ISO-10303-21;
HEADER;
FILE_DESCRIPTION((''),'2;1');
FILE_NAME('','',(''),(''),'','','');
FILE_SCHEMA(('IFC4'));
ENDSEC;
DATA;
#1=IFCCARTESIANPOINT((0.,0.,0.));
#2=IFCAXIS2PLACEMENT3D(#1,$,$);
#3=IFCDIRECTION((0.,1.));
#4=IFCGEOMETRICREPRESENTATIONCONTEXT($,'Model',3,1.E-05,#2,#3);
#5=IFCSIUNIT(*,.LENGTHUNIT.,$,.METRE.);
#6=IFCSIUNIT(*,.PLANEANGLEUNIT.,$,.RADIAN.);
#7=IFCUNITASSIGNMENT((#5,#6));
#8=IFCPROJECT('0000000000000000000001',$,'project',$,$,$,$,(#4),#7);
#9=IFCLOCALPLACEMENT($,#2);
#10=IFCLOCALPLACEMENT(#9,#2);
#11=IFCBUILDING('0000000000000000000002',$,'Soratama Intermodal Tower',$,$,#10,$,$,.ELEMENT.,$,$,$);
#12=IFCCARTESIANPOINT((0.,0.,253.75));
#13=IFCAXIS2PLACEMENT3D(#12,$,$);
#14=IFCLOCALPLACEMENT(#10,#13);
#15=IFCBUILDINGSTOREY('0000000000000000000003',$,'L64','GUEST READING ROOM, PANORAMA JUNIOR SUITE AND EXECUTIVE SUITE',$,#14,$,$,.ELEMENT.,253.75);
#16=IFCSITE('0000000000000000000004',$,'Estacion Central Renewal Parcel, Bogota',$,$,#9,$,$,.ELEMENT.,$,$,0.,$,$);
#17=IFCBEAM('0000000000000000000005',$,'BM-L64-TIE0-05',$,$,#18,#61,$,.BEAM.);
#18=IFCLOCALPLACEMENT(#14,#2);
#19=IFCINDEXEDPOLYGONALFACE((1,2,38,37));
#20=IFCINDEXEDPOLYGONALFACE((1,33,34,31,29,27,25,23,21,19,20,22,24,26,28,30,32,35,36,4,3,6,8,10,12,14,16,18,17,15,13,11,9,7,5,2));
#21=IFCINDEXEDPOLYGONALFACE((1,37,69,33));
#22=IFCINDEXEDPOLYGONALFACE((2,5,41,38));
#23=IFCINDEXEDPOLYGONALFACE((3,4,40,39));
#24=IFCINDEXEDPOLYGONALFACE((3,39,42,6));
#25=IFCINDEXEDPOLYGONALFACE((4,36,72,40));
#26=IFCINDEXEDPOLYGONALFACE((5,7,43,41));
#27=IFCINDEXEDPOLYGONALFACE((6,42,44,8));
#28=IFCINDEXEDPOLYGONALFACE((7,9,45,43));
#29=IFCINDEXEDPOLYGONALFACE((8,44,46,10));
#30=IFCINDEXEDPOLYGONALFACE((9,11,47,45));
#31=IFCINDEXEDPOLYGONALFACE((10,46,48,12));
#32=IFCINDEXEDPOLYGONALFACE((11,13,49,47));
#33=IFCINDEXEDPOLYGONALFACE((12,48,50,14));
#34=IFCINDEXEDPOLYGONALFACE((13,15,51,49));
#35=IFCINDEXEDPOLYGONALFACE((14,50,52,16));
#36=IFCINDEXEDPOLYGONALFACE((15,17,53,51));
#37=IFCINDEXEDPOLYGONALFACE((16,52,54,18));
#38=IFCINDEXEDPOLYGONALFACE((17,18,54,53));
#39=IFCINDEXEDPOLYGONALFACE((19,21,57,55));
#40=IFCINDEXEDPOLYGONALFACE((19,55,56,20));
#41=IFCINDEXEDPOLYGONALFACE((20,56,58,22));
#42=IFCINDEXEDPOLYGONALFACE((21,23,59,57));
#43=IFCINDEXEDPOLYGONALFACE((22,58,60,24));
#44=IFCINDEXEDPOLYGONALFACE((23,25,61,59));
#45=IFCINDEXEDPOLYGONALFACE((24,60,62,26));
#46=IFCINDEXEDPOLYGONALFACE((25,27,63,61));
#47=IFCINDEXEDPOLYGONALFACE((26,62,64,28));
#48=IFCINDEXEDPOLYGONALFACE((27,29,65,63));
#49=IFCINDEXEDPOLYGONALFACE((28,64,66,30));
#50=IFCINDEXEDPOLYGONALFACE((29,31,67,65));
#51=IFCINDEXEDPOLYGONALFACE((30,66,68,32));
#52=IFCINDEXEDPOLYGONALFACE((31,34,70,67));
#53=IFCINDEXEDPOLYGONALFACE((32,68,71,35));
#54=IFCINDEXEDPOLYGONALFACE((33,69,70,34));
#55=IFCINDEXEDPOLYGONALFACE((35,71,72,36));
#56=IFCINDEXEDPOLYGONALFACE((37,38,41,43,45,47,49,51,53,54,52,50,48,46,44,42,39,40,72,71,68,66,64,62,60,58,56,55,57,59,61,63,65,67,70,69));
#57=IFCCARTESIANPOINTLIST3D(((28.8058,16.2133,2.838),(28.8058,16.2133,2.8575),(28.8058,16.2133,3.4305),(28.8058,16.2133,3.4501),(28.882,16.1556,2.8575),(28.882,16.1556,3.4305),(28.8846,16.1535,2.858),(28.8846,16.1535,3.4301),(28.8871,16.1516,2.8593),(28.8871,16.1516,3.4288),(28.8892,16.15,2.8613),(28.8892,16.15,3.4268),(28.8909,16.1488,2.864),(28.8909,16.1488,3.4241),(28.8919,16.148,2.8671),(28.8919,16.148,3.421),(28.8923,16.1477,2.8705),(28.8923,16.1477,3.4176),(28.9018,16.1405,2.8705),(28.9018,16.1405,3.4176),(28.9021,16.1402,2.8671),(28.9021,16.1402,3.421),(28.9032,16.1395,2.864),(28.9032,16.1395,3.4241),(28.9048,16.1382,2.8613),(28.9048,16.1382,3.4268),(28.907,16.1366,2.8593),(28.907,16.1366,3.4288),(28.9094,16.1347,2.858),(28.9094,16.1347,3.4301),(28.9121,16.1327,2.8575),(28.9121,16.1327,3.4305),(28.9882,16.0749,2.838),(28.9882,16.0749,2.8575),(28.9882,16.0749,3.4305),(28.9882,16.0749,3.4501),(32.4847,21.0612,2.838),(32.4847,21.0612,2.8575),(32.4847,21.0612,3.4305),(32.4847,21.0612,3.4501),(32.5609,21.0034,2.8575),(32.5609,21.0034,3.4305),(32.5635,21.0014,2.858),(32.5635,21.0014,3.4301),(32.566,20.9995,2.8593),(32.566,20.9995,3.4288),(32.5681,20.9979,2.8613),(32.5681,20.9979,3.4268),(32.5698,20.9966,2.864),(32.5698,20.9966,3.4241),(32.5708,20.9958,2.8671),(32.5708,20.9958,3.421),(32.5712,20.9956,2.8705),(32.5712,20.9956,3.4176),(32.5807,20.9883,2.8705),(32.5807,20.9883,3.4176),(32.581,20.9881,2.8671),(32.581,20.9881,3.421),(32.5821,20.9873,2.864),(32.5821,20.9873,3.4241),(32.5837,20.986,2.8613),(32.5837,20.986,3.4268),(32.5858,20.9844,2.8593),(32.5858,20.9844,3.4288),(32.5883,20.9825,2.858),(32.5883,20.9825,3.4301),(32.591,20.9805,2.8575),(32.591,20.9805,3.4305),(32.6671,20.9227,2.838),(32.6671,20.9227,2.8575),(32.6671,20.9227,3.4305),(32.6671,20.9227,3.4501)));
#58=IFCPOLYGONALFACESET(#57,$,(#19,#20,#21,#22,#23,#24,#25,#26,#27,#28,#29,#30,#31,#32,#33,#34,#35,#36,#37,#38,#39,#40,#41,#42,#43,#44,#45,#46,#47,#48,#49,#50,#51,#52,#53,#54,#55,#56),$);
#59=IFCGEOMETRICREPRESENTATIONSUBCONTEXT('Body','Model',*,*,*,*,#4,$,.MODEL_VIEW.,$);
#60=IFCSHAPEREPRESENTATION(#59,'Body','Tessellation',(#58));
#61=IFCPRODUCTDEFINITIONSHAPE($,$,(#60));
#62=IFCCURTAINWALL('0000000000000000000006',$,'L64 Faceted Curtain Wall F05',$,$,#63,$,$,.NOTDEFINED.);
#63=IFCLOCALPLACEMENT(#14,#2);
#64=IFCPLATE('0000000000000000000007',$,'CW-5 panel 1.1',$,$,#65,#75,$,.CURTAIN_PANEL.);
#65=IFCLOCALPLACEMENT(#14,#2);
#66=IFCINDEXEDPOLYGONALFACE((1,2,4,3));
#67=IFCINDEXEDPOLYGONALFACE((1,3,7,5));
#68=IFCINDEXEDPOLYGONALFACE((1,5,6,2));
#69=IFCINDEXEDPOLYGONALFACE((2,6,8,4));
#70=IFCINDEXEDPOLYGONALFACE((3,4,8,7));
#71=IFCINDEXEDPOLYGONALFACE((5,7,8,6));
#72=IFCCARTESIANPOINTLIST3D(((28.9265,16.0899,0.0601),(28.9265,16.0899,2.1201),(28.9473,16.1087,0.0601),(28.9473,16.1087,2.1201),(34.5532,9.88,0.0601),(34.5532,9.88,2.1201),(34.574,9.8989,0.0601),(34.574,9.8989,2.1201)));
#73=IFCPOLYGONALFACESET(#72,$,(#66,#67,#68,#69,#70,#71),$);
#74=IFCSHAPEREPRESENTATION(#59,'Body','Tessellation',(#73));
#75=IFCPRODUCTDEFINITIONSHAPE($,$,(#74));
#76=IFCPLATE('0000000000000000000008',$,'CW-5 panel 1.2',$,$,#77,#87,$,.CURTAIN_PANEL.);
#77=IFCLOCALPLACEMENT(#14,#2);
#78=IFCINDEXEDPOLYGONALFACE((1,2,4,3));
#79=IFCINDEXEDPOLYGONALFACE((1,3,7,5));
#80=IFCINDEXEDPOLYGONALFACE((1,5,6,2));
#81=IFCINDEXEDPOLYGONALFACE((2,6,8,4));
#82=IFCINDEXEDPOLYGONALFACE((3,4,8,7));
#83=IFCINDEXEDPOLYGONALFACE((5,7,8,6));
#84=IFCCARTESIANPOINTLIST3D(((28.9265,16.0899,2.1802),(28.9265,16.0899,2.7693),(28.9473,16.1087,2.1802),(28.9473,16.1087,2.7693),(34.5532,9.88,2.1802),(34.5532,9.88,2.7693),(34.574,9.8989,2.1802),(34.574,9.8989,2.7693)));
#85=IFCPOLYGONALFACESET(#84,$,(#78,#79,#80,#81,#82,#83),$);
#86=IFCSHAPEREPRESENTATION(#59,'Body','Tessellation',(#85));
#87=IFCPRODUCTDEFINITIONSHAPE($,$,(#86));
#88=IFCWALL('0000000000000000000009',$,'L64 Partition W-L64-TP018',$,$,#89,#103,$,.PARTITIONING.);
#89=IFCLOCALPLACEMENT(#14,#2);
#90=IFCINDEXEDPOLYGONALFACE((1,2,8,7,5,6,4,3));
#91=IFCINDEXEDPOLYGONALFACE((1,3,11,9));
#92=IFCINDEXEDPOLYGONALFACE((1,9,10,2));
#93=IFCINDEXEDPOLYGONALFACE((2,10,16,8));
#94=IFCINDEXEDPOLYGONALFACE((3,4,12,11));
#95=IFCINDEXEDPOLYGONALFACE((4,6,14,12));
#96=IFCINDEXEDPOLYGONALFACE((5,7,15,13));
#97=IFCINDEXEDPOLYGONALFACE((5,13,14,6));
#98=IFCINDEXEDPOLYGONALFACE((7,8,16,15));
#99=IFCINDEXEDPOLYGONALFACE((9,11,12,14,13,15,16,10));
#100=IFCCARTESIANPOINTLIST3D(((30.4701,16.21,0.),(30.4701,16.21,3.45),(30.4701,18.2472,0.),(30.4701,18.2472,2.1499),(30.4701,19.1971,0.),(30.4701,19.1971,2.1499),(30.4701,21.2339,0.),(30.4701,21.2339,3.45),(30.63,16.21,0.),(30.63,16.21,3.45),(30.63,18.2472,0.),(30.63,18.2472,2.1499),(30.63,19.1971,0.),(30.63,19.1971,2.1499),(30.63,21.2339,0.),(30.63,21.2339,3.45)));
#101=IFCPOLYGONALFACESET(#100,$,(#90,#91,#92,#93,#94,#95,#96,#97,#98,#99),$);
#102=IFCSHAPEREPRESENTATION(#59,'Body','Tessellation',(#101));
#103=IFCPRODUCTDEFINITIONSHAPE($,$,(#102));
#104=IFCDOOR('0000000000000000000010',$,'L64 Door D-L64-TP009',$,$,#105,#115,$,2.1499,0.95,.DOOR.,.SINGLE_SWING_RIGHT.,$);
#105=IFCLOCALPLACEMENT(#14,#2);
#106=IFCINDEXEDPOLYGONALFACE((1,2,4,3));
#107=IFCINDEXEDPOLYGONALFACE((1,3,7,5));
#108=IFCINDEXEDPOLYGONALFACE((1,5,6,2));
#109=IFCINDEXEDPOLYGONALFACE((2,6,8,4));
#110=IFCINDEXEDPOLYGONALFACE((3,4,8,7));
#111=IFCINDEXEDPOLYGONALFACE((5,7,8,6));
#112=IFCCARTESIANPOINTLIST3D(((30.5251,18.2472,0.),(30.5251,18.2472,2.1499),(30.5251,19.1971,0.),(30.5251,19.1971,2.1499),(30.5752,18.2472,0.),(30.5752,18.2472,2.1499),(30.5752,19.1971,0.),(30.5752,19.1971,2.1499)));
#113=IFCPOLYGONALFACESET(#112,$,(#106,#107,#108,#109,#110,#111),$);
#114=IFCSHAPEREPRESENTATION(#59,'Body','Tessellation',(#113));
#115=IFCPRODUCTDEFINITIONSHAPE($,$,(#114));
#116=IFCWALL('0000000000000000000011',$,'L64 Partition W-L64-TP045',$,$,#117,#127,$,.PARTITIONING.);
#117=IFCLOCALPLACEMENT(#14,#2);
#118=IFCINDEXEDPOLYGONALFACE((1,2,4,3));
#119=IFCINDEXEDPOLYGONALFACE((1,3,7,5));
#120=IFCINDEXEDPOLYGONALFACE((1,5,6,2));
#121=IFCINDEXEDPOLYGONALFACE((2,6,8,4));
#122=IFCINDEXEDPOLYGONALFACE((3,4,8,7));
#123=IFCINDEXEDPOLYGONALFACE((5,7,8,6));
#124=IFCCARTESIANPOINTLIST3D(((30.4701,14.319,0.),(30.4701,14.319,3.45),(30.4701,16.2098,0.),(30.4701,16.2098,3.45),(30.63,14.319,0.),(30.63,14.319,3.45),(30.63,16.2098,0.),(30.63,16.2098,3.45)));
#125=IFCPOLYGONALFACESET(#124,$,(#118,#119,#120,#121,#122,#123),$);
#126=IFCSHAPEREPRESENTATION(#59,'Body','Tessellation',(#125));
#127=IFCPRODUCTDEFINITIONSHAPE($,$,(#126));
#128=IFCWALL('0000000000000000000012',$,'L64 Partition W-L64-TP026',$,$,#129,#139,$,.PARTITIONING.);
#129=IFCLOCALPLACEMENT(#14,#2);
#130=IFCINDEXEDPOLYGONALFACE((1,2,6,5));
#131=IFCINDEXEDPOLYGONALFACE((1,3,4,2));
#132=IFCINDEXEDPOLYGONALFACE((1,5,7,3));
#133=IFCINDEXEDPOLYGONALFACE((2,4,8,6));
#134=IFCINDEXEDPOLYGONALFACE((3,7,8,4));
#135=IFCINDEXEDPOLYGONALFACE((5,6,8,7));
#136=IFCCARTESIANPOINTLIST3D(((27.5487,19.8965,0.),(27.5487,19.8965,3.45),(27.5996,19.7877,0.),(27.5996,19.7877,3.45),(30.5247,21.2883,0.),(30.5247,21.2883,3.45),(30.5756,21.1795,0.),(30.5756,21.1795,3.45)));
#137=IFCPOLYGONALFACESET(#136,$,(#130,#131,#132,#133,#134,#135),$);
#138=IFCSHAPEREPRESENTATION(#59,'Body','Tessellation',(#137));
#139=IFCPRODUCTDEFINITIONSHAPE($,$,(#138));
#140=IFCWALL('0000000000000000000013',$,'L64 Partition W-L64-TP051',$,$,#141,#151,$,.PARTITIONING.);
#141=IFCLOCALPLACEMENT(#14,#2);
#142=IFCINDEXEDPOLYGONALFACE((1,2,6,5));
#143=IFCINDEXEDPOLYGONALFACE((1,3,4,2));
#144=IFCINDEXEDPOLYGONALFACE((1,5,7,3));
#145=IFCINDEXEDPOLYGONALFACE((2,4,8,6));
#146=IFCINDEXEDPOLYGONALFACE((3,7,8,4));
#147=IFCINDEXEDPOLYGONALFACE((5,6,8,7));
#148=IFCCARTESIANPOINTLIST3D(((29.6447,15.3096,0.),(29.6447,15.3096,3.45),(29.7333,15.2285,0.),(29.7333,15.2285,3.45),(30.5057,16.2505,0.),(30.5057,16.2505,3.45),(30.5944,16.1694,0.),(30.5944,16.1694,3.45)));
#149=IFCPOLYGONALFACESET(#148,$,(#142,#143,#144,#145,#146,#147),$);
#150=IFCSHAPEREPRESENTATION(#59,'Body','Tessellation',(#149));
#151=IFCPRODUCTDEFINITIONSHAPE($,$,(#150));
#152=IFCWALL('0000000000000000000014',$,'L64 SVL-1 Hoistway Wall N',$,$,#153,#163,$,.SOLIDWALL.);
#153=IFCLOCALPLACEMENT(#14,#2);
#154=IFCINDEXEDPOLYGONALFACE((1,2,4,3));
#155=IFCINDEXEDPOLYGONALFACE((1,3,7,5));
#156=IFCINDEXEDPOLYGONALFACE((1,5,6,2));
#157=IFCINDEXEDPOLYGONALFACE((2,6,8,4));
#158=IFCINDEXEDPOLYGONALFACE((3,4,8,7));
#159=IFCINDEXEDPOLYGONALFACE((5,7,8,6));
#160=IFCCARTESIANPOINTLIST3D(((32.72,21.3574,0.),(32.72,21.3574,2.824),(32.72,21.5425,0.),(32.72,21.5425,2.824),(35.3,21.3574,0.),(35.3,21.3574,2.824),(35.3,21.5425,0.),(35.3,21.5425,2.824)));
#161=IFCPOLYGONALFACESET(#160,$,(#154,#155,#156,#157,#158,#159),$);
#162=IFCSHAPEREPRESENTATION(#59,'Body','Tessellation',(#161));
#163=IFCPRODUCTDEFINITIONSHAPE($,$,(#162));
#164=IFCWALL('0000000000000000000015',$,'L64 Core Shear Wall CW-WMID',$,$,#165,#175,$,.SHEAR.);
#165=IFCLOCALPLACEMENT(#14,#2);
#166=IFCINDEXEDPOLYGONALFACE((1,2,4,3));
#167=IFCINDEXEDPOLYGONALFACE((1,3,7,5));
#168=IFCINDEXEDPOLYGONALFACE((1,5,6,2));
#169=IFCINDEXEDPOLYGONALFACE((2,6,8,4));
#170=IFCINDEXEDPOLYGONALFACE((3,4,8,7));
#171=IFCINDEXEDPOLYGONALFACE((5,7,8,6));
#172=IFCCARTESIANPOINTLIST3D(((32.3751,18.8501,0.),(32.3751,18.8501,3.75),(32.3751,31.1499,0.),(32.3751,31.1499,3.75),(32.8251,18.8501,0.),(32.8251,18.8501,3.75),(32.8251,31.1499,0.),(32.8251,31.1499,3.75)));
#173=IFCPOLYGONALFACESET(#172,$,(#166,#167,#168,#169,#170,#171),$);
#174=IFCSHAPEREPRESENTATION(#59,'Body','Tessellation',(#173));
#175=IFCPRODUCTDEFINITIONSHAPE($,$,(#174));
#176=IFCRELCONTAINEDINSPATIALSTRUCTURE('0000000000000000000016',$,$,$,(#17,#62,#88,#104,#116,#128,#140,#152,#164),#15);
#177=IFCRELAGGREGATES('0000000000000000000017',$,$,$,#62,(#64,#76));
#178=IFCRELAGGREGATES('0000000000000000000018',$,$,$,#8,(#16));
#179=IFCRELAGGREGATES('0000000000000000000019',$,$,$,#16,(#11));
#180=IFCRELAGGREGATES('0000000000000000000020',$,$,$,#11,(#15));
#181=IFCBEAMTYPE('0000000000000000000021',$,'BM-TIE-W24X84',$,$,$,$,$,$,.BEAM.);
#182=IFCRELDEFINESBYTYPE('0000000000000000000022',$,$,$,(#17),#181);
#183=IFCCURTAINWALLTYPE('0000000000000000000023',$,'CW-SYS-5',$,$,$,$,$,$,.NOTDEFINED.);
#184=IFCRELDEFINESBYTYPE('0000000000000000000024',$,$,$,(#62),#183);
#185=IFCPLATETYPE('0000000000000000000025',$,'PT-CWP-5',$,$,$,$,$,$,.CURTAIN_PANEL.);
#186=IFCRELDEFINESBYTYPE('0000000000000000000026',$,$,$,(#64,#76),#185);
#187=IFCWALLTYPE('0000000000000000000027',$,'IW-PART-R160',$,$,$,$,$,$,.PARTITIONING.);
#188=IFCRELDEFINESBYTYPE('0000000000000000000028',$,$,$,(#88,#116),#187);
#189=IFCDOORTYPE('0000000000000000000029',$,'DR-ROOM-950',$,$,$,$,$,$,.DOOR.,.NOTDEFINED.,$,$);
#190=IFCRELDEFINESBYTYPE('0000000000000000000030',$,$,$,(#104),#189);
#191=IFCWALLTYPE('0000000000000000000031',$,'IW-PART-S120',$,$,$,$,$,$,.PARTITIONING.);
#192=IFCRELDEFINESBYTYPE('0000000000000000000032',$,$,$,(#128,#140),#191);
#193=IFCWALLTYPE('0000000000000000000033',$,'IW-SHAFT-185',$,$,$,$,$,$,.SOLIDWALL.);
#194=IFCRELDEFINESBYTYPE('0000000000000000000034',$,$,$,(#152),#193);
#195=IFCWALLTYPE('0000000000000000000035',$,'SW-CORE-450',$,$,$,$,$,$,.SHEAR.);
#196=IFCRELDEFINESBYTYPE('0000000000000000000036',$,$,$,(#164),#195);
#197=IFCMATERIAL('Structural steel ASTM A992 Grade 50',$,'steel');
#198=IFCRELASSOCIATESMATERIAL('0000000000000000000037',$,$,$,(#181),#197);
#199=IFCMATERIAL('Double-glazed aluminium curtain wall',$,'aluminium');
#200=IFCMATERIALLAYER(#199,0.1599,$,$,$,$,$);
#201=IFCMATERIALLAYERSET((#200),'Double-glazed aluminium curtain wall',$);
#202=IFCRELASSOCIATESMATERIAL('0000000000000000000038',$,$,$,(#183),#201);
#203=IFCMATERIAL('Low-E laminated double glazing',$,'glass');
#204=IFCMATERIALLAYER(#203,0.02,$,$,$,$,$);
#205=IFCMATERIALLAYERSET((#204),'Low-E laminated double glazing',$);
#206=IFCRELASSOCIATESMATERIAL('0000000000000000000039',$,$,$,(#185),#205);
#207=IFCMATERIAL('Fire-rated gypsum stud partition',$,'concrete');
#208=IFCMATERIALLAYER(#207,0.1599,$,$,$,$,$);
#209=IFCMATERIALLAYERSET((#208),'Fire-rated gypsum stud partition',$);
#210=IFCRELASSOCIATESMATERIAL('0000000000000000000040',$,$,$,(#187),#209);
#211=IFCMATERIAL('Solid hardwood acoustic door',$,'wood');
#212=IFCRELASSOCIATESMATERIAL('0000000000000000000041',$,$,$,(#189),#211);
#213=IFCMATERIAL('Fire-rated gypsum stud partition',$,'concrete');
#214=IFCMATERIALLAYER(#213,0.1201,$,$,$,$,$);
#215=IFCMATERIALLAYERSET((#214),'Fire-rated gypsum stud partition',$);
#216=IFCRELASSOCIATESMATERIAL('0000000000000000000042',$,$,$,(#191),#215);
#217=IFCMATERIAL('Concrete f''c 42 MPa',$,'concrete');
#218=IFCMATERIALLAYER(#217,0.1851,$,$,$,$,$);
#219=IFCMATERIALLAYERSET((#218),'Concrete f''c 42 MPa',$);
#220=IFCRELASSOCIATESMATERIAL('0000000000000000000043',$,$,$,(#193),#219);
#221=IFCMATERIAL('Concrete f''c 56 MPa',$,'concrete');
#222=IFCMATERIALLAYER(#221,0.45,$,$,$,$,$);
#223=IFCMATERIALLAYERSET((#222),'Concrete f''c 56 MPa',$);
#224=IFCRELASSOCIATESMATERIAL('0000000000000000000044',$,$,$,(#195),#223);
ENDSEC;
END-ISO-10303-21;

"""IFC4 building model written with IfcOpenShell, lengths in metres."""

from ifc_helpers import new_model, si_unit, direction, frame, frame_2d, origin, origin_2d, place, context, subcontext, project, spatial, rectangle, i_section, extrude, material, layer, layer_set, material_profile, profile_set, type_object, element, fill, aggregate, save


model = new_model("IFC4")

# Units and contexts
model_context = context("Model", 3, precision=1e-05, world=origin(), true_north=direction((0.0, 1.0)))
body_context = subcontext(model_context, "Body", "Model", "MODEL_VIEW")
ifc_project = project(units=[si_unit("LENGTHUNIT", "METRE"), si_unit("PLANEANGLEUNIT", "RADIAN")], contexts=[model_context])

# Site, building, storey
site_placement = place(None, origin())
site = spatial("IfcSite", under=ifc_project, at=site_placement, Name="Estacion Central Renewal Parcel, Bogota", CompositionType="ELEMENT", RefElevation=0.0)
building_placement = place(site_placement, origin())
building = spatial("IfcBuilding", under=site, at=building_placement, Name="Soratama Intermodal Tower", CompositionType="ELEMENT")
storey_placement = place(building_placement, frame((0.0, 0.0, 253.75)))
storey = spatial("IfcBuildingStorey", under=building, at=storey_placement, Name="L64", Description="GUEST READING ROOM, PANORAMA JUNIOR SUITE AND EXECUTIVE SUITE", CompositionType="ELEMENT", Elevation=253.75)

# Beam
ifc_material_1 = material(Name="Structural steel ASTM A992 Grade 50", Category="steel")
ifc_material_profile_1 = material_profile(ifc_material_1, i_section(OverallWidth=0.229, OverallDepth=0.6121, WebThickness=0.012, FlangeThickness=0.0195, FilletRadius=0.0129, at=origin_2d()), Name="W24X84")
ifc_profile_set_1 = profile_set([ifc_material_profile_1], Name="Structural steel ASTM A992 Grade 50")
beam_type_1 = type_object("IfcBeamType", Name="BM-TIE-W24X84", PredefinedType="BEAM", material=ifc_profile_set_1)
beam_1_placement = place(storey_placement, frame((32.5759, 20.9919, 3.144), z_axis=(-0.604516, -0.796593, 0.0), x_axis=(0.796593, -0.604516, 0.0)))
element("IfcBeam", 1, at=beam_1_placement, inside=storey, type_object=beam_type_1, Name="BM-L64-TIE0-05", PredefinedType="BEAM", context=body_context, shape_type="SweptSolid", body=[
    extrude(i_section(OverallWidth=0.229, OverallDepth=0.6121, WebThickness=0.012, FlangeThickness=0.0195, FilletRadius=0.0129, at=origin_2d()), origin(), (0.0, 0.0, 1.0), 6.0857),
])

# Curtain wall, plates
ifc_material_2 = material(Name="Double-glazed aluminium curtain wall", Category="aluminium")
ifc_layer_1 = layer(ifc_material_2, 0.1599)
ifc_layer_set_1 = layer_set([ifc_layer_1], Name="Double-glazed aluminium curtain wall")
curtain_wall_type = type_object("IfcCurtainWallType", Name="CW-SYS-5", PredefinedType="NOTDEFINED", material=ifc_layer_set_1)
curtain_wall_placement = place(storey_placement, origin())
curtain_wall = element("IfcCurtainWall", 2, at=curtain_wall_placement, inside=storey, type_object=curtain_wall_type, Name="L64 Faceted Curtain Wall F05", PredefinedType="NOTDEFINED")
ifc_material_3 = material(Name="Low-E laminated double glazing", Category="glass")
ifc_layer_2 = layer(ifc_material_3, 0.02)
ifc_layer_set_2 = layer_set([ifc_layer_2], Name="Low-E laminated double glazing")
plate_type = type_object("IfcPlateType", Name="PT-CWP-5", PredefinedType="CURTAIN_PANEL", material=ifc_layer_set_2)
plate_1_placement = place(storey_placement, frame((31.7502, 12.9944, 0.0601), z_axis=(0.0, 0.0, 1.0), x_axis=(0.671461, -0.741039, 0.0)))
plate_1 = element("IfcPlate", 3, at=plate_1_placement, type_object=plate_type, Name="CW-5 panel 1.1", PredefinedType="CURTAIN_PANEL", context=body_context, shape_type="SweptSolid", body=[
    extrude(rectangle(XDim=8.3799, YDim=0.0281, at=origin_2d()), origin(), (0.0, 0.0, 1.0), 2.0601),
])
plate_2_placement = place(storey_placement, frame((31.7502, 12.9944, 2.1802), z_axis=(0.0, 0.0, 1.0), x_axis=(0.671461, -0.741039, 0.0)))
plate_2 = element("IfcPlate", 4, at=plate_2_placement, type_object=plate_type, Name="CW-5 panel 1.2", PredefinedType="CURTAIN_PANEL", context=body_context, shape_type="SweptSolid", body=[
    extrude(rectangle(XDim=8.3799, YDim=0.0281, at=origin_2d()), origin(), (0.0, 0.0, 1.0), 0.5891),
])
aggregate(curtain_wall, [plate_1, plate_2])

# Wall, opening, door
ifc_material_4 = material(Name="Fire-rated gypsum stud partition", Category="concrete")
ifc_layer_3 = layer(ifc_material_4, 0.1599)
ifc_layer_set_3 = layer_set([ifc_layer_3], Name="Fire-rated gypsum stud partition")
wall_type_1 = type_object("IfcWallType", Name="IW-PART-R160", PredefinedType="PARTITIONING", material=ifc_layer_set_3)
wall_1_placement = place(storey_placement, frame((30.55, 16.21, 0.0), z_axis=(0.0, 0.0, 1.0), x_axis=(0.0, 1.0, 0.0)))
wall_1 = element("IfcWall", 5, at=wall_1_placement, inside=storey, type_object=wall_type_1, Name="L64 Partition W-L64-TP018", PredefinedType="PARTITIONING", context=body_context, shape_type="SweptSolid", body=[
    extrude(rectangle(XDim=5.0239, YDim=0.1599, at=frame_2d((2.512, 0.0))), origin(), (0.0, 0.0, 1.0), 3.45),
])
opening_1_placement = place(wall_1_placement, frame((2.0371, 0.0, 0.0)))
opening_1 = element("IfcOpeningElement", 6, at=opening_1_placement, cuts=wall_1, PredefinedType="OPENING", context=body_context, shape_type="SweptSolid", body=[
    extrude(rectangle(XDim=0.95, YDim=2.1499, at=frame_2d((0.4751, 1.075))), frame((0.0, 0.0898, 0.0), z_axis=(0.0, -1.0, 0.0), x_axis=(1.0, 0.0, 0.0)), (0.0, 0.0, 1.0), 0.1799),
])
ifc_material_5 = material(Name="Solid hardwood acoustic door", Category="wood")
door_type = type_object("IfcDoorType", Name="DR-ROOM-950", OperationType="NOTDEFINED", PredefinedType="DOOR", material=ifc_material_5)
door_1_placement = place(opening_1_placement, origin())
door_1 = element("IfcDoor", 7, at=door_1_placement, inside=storey, type_object=door_type, Name="L64 Door D-L64-TP009", OperationType="SINGLE_SWING_RIGHT", OverallHeight=2.1499, OverallWidth=0.95, PredefinedType="DOOR", context=body_context, shape_type="SweptSolid", body=[
    extrude(rectangle(XDim=0.95, YDim=2.1499, at=frame_2d((0.4751, 1.075))), frame((0.0, 0.0249, 0.0), z_axis=(0.0, -1.0, 0.0), x_axis=(1.0, 0.0, 0.0)), (0.0, 0.0, 1.0), 0.05),
])
fill(opening_1, door_1)

# Walls
wall_2_placement = place(storey_placement, frame((30.55, 14.3191, 0.0), z_axis=(0.0, 0.0, 1.0), x_axis=(0.0, 1.0, 0.0)))
element("IfcWall", 8, at=wall_2_placement, inside=storey, type_object=wall_type_1, Name="L64 Partition W-L64-TP045", PredefinedType="PARTITIONING", context=body_context, shape_type="SweptSolid", body=[
    extrude(rectangle(XDim=1.8909, YDim=0.1599, at=frame_2d((0.9453, 0.0))), origin(), (0.0, 0.0, 1.0), 3.45),
])
ifc_material_6 = material(Name="Fire-rated gypsum stud partition", Category="concrete")
ifc_layer_4 = layer(ifc_material_6, 0.1201)
ifc_layer_set_4 = layer_set([ifc_layer_4], Name="Fire-rated gypsum stud partition")
wall_type_2 = type_object("IfcWallType", Name="IW-PART-S120", PredefinedType="PARTITIONING", material=ifc_layer_set_4)
wall_3_placement = place(storey_placement, frame((30.55, 21.2339, 0.0), z_axis=(0.0, 0.0, 1.0), x_axis=(-0.905832, -0.423638, 0.0)))
element("IfcWall", 9, at=wall_3_placement, inside=storey, type_object=wall_type_2, Name="L64 Partition W-L64-TP026", PredefinedType="PARTITIONING", context=body_context, shape_type="SweptSolid", body=[
    extrude(rectangle(XDim=3.2854, YDim=0.1201, at=frame_2d((1.6426, 0.0))), origin(), (0.0, 0.0, 1.0), 3.45),
])
wall_4_placement = place(storey_placement, frame((30.55, 16.21, 0.0), z_axis=(0.0, 0.0, 1.0), x_axis=(-0.675118, -0.73771, 0.0)))
element("IfcWall", 10, at=wall_4_placement, inside=storey, type_object=wall_type_2, Name="L64 Partition W-L64-TP051", PredefinedType="PARTITIONING", context=body_context, shape_type="SweptSolid", body=[
    extrude(rectangle(XDim=1.2754, YDim=0.1201, at=frame_2d((0.6377, 0.0))), origin(), (0.0, 0.0, 1.0), 3.45),
])
ifc_material_7 = material(Name="Concrete f'c 42 MPa", Category="concrete")
ifc_layer_5 = layer(ifc_material_7, 0.1851)
ifc_layer_set_5 = layer_set([ifc_layer_5], Name="Concrete f'c 42 MPa")
wall_type_3 = type_object("IfcWallType", Name="IW-SHAFT-185", PredefinedType="SOLIDWALL", material=ifc_layer_set_5)
wall_5_placement = place(storey_placement, frame((32.72, 21.45, 0.0), z_axis=(0.0, 0.0, 1.0), x_axis=(1.0, 0.0, 0.0)))
element("IfcWall", 11, at=wall_5_placement, inside=storey, type_object=wall_type_3, Name="L64 SVL-1 Hoistway Wall N", PredefinedType="SOLIDWALL", context=body_context, shape_type="SweptSolid", body=[
    extrude(rectangle(XDim=2.5801, YDim=0.1851, at=frame_2d((1.29, 0.0))), origin(), (0.0, 0.0, 1.0), 2.824),
])
ifc_material_8 = material(Name="Concrete f'c 56 MPa", Category="concrete")
ifc_layer_6 = layer(ifc_material_8, 0.45)
ifc_layer_set_6 = layer_set([ifc_layer_6], Name="Concrete f'c 56 MPa")
wall_type_4 = type_object("IfcWallType", Name="SW-CORE-450", PredefinedType="SHEAR", material=ifc_layer_set_6)
wall_6_placement = place(storey_placement, frame((32.6001, 18.8501, 0.0), z_axis=(0.0, 0.0, 1.0), x_axis=(0.0, 1.0, 0.0)))
element("IfcWall", 12, at=wall_6_placement, inside=storey, type_object=wall_type_4, Name="L64 Core Shear Wall CW-WMID", PredefinedType="SHEAR", context=body_context, shape_type="SweptSolid", body=[
    extrude(rectangle(XDim=12.2998, YDim=0.45, at=frame_2d((6.1499, 0.0))), origin(), (0.0, 0.0, 1.0), 3.75),
])

save(model, "model.ifc")
